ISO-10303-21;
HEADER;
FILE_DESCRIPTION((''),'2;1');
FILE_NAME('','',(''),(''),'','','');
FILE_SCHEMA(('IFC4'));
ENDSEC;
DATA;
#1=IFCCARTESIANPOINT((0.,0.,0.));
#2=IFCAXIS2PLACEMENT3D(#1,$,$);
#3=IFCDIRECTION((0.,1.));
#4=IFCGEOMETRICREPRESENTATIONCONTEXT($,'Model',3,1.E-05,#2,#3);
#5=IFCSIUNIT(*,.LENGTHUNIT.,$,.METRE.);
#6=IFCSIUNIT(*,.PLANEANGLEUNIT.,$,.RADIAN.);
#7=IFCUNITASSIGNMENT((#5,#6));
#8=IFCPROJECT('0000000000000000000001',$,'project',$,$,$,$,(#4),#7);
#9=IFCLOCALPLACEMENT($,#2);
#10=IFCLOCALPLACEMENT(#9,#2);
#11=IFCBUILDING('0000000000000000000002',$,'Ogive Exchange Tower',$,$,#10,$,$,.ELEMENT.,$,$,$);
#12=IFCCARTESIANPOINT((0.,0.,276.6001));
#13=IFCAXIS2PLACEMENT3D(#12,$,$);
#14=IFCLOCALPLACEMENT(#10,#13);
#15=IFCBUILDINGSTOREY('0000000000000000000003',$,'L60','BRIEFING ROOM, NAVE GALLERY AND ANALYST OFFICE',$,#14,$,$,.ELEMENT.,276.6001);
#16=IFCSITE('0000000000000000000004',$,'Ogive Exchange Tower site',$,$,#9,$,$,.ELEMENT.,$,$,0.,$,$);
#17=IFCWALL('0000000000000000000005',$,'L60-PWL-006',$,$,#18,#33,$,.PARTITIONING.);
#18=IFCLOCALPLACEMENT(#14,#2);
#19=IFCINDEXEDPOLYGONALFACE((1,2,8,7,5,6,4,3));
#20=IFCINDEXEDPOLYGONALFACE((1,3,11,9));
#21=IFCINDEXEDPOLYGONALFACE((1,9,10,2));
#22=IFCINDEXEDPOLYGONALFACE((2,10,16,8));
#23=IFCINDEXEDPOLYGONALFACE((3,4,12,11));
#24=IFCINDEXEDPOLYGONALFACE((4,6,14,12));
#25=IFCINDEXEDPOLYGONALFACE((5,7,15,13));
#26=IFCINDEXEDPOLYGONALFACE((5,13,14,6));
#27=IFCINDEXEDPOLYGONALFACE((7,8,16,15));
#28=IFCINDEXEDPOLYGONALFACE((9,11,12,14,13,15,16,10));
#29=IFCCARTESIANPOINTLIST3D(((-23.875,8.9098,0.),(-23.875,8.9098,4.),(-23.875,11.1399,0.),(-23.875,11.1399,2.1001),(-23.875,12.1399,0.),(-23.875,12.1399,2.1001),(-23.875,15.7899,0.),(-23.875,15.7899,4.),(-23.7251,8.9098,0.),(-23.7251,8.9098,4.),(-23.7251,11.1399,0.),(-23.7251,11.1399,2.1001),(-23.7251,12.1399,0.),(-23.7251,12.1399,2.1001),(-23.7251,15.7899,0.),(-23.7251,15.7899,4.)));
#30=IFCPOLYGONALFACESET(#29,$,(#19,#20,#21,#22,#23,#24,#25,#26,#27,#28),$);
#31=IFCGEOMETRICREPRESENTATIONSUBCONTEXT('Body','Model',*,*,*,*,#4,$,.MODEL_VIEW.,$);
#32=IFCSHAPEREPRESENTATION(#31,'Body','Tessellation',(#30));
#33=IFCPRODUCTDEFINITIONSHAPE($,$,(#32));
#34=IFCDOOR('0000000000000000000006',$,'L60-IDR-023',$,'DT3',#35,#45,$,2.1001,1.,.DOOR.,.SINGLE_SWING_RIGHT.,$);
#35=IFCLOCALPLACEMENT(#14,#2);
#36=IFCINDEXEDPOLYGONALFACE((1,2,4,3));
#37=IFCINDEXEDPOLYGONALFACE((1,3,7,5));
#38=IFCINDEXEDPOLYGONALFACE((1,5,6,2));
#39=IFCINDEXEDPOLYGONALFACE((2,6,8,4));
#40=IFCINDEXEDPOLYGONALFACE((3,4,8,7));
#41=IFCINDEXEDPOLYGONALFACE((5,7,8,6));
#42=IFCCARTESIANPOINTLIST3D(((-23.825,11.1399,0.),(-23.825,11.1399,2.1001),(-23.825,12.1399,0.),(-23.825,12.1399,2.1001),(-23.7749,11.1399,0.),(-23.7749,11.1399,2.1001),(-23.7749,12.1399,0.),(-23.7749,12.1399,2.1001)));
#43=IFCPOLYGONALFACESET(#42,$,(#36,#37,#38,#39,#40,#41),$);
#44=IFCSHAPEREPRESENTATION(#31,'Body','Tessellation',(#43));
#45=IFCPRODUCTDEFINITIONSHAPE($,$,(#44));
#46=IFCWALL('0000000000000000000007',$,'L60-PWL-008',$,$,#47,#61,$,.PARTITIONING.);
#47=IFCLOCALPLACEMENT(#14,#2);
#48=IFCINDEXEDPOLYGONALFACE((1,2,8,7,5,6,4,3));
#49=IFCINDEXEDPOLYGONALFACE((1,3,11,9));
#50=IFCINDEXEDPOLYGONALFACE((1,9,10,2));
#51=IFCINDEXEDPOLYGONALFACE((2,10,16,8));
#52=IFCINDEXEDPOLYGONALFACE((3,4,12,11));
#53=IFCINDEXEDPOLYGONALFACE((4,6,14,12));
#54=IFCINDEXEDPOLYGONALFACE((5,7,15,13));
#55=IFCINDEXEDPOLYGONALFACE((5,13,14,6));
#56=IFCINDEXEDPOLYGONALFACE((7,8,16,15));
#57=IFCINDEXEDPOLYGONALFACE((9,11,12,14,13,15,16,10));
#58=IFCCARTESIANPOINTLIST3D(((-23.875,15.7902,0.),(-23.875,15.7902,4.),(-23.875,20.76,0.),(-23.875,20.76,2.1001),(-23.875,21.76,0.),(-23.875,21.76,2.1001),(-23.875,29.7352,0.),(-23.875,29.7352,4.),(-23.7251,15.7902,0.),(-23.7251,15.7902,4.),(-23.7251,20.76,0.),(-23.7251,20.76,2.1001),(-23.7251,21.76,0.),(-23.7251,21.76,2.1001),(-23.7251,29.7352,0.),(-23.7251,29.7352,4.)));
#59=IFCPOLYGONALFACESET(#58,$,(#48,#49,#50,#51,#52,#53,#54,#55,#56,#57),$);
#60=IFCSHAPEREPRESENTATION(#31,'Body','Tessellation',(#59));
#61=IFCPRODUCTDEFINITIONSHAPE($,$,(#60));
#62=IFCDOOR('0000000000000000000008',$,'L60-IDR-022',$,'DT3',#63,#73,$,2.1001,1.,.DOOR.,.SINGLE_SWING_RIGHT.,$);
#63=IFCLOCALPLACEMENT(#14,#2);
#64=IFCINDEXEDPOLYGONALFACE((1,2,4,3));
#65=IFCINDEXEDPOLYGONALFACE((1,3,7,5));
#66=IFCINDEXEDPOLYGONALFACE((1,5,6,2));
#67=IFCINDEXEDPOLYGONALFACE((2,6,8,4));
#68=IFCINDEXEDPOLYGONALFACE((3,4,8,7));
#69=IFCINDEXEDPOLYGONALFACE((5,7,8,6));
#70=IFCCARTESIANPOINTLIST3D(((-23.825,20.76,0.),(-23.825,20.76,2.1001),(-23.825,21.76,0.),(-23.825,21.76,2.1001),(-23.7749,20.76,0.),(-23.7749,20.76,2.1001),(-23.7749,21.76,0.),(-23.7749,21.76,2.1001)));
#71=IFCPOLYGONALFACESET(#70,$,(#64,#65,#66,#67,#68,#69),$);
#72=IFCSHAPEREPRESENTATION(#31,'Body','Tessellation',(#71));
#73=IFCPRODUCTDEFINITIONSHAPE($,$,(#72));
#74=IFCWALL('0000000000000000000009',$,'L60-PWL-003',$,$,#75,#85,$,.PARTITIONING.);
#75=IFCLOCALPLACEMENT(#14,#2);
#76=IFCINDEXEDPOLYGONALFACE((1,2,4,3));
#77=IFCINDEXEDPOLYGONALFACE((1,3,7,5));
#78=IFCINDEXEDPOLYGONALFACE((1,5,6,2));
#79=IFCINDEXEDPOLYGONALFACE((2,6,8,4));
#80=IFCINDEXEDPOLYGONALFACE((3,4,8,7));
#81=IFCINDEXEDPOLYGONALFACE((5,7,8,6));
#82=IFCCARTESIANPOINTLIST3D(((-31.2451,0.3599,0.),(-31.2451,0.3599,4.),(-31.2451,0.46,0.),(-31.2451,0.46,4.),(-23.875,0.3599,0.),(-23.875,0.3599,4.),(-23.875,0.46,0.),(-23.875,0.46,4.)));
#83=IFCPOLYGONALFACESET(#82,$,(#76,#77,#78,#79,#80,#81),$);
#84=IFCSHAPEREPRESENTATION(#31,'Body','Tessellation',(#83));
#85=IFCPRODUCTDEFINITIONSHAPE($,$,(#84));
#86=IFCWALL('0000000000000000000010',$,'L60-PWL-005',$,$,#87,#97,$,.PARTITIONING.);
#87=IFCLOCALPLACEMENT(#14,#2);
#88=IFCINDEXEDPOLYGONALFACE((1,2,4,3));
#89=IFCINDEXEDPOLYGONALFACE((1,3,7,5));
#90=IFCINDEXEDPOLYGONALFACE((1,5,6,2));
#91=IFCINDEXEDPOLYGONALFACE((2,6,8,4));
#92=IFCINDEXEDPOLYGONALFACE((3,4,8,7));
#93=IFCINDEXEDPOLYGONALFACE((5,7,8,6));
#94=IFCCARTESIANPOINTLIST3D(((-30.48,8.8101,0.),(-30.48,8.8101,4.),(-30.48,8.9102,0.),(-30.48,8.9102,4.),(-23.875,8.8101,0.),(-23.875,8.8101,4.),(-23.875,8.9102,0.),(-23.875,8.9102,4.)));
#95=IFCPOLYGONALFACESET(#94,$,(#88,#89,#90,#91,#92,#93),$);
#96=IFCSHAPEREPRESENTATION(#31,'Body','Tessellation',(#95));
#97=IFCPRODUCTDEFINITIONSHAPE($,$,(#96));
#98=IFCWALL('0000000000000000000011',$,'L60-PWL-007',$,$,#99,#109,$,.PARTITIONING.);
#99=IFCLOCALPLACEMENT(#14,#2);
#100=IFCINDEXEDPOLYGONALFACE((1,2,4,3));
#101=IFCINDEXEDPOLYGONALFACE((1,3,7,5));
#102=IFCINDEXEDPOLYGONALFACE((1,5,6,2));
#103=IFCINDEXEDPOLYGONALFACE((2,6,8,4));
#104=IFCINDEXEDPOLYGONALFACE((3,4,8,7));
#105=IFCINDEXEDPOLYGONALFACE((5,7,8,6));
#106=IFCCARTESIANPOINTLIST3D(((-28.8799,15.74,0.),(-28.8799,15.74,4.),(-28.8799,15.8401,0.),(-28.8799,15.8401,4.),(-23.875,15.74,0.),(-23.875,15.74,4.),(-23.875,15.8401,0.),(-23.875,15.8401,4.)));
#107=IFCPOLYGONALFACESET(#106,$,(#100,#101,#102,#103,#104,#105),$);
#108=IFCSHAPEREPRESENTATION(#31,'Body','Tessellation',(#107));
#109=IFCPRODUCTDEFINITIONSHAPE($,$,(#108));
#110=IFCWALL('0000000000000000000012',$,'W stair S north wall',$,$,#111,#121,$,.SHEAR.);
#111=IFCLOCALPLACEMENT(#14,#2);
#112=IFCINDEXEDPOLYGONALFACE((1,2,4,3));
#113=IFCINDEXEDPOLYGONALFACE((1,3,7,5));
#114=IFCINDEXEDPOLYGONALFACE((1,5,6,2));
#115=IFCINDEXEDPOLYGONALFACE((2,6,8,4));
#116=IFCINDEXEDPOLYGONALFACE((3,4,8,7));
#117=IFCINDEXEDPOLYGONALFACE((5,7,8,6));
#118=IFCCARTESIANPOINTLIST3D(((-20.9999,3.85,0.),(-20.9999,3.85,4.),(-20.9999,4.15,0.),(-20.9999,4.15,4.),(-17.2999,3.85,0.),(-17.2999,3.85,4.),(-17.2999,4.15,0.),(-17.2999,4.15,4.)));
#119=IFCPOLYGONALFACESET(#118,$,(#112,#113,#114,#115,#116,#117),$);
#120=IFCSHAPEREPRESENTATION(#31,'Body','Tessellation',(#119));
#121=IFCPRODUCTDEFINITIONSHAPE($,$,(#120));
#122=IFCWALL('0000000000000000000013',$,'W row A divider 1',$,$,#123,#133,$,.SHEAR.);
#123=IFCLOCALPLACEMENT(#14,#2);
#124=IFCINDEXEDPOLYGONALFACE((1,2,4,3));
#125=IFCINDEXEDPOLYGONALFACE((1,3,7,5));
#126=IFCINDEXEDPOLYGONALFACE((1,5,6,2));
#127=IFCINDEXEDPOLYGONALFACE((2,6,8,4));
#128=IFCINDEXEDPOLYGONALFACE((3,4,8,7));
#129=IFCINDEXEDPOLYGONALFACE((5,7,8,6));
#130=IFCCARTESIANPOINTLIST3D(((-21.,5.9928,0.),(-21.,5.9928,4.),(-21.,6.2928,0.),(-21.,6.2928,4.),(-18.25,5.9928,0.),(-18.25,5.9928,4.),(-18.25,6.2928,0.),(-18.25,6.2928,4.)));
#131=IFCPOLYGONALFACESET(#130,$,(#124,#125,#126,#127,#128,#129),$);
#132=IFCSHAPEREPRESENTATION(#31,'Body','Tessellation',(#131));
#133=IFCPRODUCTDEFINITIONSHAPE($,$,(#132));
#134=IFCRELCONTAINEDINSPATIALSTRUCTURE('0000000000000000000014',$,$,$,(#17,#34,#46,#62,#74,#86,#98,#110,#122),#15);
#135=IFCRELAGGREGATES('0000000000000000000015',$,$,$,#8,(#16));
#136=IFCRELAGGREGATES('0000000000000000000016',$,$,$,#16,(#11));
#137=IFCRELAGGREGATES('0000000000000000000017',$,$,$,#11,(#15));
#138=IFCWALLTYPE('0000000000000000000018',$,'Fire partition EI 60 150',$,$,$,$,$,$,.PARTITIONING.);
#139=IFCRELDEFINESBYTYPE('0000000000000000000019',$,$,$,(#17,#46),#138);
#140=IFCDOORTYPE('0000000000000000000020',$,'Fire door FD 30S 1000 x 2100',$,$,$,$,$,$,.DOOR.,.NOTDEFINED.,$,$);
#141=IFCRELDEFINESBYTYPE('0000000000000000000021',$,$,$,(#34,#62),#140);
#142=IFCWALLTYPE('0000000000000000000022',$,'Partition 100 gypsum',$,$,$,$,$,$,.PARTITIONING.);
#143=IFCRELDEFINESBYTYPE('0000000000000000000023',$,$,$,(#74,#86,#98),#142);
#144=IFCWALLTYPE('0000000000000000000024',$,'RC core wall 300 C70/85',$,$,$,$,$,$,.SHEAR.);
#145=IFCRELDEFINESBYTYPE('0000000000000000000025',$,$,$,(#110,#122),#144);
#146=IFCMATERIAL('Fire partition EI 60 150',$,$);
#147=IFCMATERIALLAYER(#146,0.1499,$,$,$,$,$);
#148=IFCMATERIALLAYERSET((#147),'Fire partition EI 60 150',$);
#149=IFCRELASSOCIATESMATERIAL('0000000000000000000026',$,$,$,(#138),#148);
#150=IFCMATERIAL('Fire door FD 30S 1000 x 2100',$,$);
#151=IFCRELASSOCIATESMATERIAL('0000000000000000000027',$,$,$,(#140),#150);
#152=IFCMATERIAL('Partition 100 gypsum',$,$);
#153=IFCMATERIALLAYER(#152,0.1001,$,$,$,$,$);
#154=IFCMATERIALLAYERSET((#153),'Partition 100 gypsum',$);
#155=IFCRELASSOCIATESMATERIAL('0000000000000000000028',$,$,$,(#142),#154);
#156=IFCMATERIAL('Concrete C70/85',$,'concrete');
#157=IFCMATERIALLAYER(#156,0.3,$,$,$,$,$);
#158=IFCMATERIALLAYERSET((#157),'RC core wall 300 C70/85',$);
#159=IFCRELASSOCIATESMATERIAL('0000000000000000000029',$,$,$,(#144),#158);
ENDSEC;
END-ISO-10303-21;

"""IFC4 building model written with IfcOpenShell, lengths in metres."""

from ifc_helpers import new_model, si_unit, direction, frame, frame_2d, origin, place, context, subcontext, project, spatial, rectangle, extrude, material, layer, layer_set, type_object, element, fill, save


model = new_model("IFC4")

# Units and contexts
model_context = context("Model", 3, precision=1e-05, world=origin(), true_north=direction((0.0, 1.0)))
body_context = subcontext(model_context, "Body", "Model", "MODEL_VIEW")
ifc_project = project(units=[si_unit("LENGTHUNIT", "METRE"), si_unit("PLANEANGLEUNIT", "RADIAN")], contexts=[model_context])

# Site, building, storey
site_placement = place(None, origin())
site = spatial("IfcSite", under=ifc_project, at=site_placement, Name="Ogive Exchange Tower site", CompositionType="ELEMENT", RefElevation=0.0)
building_placement = place(site_placement, origin())
building = spatial("IfcBuilding", under=site, at=building_placement, Name="Ogive Exchange Tower", CompositionType="ELEMENT")
storey_placement = place(building_placement, frame((0.0, 0.0, 276.6001)))
storey = spatial("IfcBuildingStorey", under=building, at=storey_placement, Name="L60", Description="BRIEFING ROOM, NAVE GALLERY AND ANALYST OFFICE", CompositionType="ELEMENT", Elevation=276.6001)

# Walls, openings, doors
ifc_material_1 = material(Name="Fire partition EI 60 150")
ifc_layer_1 = layer(ifc_material_1, 0.1499)
ifc_layer_set_1 = layer_set([ifc_layer_1], Name="Fire partition EI 60 150")
wall_type_1 = type_object("IfcWallType", Name="Fire partition EI 60 150", PredefinedType="PARTITIONING", material=ifc_layer_set_1)
ifc_material_2 = material(Name="Fire door FD 30S 1000 x 2100")
door_type = type_object("IfcDoorType", Name="Fire door FD 30S 1000 x 2100", OperationType="NOTDEFINED", PredefinedType="DOOR", material=ifc_material_2)
wall_1_placement = place(storey_placement, frame((-23.8, 8.9099, 0.0), z_axis=(0.0, 0.0, 1.0), x_axis=(0.0, 1.0, 0.0)))
wall_1 = element("IfcWall", 1, at=wall_1_placement, inside=storey, type_object=wall_type_1, Name="L60-PWL-006", PredefinedType="PARTITIONING", context=body_context, shape_type="SweptSolid", body=[
    extrude(rectangle(XDim=6.8801, YDim=0.1499, at=frame_2d((3.4399, 0.0))), origin(), (0.0, 0.0, 1.0), 4.0),
])
opening_1_placement = place(wall_1_placement, frame((2.23, 0.0, 0.0)))
opening_1 = element("IfcOpeningElement", 2, at=opening_1_placement, cuts=wall_1, PredefinedType="OPENING", context=body_context, shape_type="SweptSolid", body=[
    extrude(rectangle(XDim=1.0, YDim=2.1001, at=frame_2d((0.5, 1.05))), frame((0.0, 0.085, 0.0), z_axis=(0.0, -1.0, 0.0), x_axis=(1.0, 0.0, 0.0)), (0.0, 0.0, 1.0), 0.1699),
])
door_1_placement = place(opening_1_placement, origin())
door_1 = element("IfcDoor", 3, at=door_1_placement, inside=storey, type_object=door_type, Name="L60-IDR-023", ObjectType="DT3", OperationType="SINGLE_SWING_RIGHT", OverallHeight=2.1001, OverallWidth=1.0, PredefinedType="DOOR", context=body_context, shape_type="SweptSolid", body=[
    extrude(rectangle(XDim=1.0, YDim=2.1001, at=frame_2d((0.5, 1.05))), frame((0.0, 0.0249, 0.0), z_axis=(0.0, -1.0, 0.0), x_axis=(1.0, 0.0, 0.0)), (0.0, 0.0, 1.0), 0.05),
])
fill(opening_1, door_1)
wall_2_placement = place(storey_placement, frame((-23.8, 15.79, 0.0), z_axis=(0.0, 0.0, 1.0), x_axis=(0.0, 1.0, 0.0)))
wall_2 = element("IfcWall", 4, at=wall_2_placement, inside=storey, type_object=wall_type_1, Name="L60-PWL-008", PredefinedType="PARTITIONING", context=body_context, shape_type="SweptSolid", body=[
    extrude(rectangle(XDim=13.9451, YDim=0.1499, at=frame_2d((6.9727, 0.0))), origin(), (0.0, 0.0, 1.0), 4.0),
])
opening_2_placement = place(wall_2_placement, frame((4.97, 0.0, 0.0)))
opening_2 = element("IfcOpeningElement", 5, at=opening_2_placement, cuts=wall_2, PredefinedType="OPENING", context=body_context, shape_type="SweptSolid", body=[
    extrude(rectangle(XDim=1.0, YDim=2.1001, at=frame_2d((0.5, 1.05))), frame((0.0, 0.085, 0.0), z_axis=(0.0, -1.0, 0.0), x_axis=(1.0, 0.0, 0.0)), (0.0, 0.0, 1.0), 0.1699),
])
door_2_placement = place(opening_2_placement, origin())
door_2 = element("IfcDoor", 6, at=door_2_placement, inside=storey, type_object=door_type, Name="L60-IDR-022", ObjectType="DT3", OperationType="SINGLE_SWING_RIGHT", OverallHeight=2.1001, OverallWidth=1.0, PredefinedType="DOOR", context=body_context, shape_type="SweptSolid", body=[
    extrude(rectangle(XDim=1.0, YDim=2.1001, at=frame_2d((0.5, 1.05))), frame((0.0, 0.0249, 0.0), z_axis=(0.0, -1.0, 0.0), x_axis=(1.0, 0.0, 0.0)), (0.0, 0.0, 1.0), 0.05),
])
fill(opening_2, door_2)

# Walls
ifc_material_3 = material(Name="Partition 100 gypsum")
ifc_layer_2 = layer(ifc_material_3, 0.1001)
ifc_layer_set_2 = layer_set([ifc_layer_2], Name="Partition 100 gypsum")
wall_type_2 = type_object("IfcWallType", Name="Partition 100 gypsum", PredefinedType="PARTITIONING", material=ifc_layer_set_2)
wall_3_placement = place(storey_placement, frame((-23.875, 0.4099, 0.0), z_axis=(0.0, 0.0, 1.0), x_axis=(-1.0, 0.0, 0.0)))
element("IfcWall", 7, at=wall_3_placement, inside=storey, type_object=wall_type_2, Name="L60-PWL-003", PredefinedType="PARTITIONING", context=body_context, shape_type="SweptSolid", body=[
    extrude(rectangle(XDim=7.3701, YDim=0.1001, at=frame_2d((3.6851, 0.0))), origin(), (0.0, 0.0, 1.0), 4.0),
])
wall_4_placement = place(storey_placement, frame((-23.875, 8.8601, 0.0), z_axis=(0.0, 0.0, 1.0), x_axis=(-1.0, 0.0, 0.0)))
element("IfcWall", 8, at=wall_4_placement, inside=storey, type_object=wall_type_2, Name="L60-PWL-005", PredefinedType="PARTITIONING", context=body_context, shape_type="SweptSolid", body=[
    extrude(rectangle(XDim=6.605, YDim=0.1001, at=frame_2d((3.3025, 0.0))), origin(), (0.0, 0.0, 1.0), 4.0),
])
wall_5_placement = place(storey_placement, frame((-23.875, 15.79, 0.0), z_axis=(0.0, 0.0, 1.0), x_axis=(-1.0, 0.0, 0.0)))
element("IfcWall", 9, at=wall_5_placement, inside=storey, type_object=wall_type_2, Name="L60-PWL-007", PredefinedType="PARTITIONING", context=body_context, shape_type="SweptSolid", body=[
    extrude(rectangle(XDim=5.0049, YDim=0.1001, at=frame_2d((2.5024, 0.0))), origin(), (0.0, 0.0, 1.0), 4.0),
])
ifc_material_4 = material(Name="Concrete C70/85", Category="concrete")
ifc_layer_3 = layer(ifc_material_4, 0.3)
ifc_layer_set_3 = layer_set([ifc_layer_3], Name="RC core wall 300 C70/85")
wall_type_3 = type_object("IfcWallType", Name="RC core wall 300 C70/85", PredefinedType="SHEAR", material=ifc_layer_set_3)
wall_6_placement = place(storey_placement, frame((-21.0, 4.0, 0.0), z_axis=(0.0, 0.0, 1.0), x_axis=(1.0, 0.0, 0.0)))
element("IfcWall", 10, at=wall_6_placement, inside=storey, type_object=wall_type_3, Name="W stair S north wall", PredefinedType="SHEAR", context=body_context, shape_type="SweptSolid", body=[
    extrude(rectangle(XDim=3.7, YDim=0.3, at=frame_2d((1.8501, 0.0))), origin(), (0.0, 0.0, 1.0), 4.0),
])
wall_7_placement = place(storey_placement, frame((-21.0, 6.1428, 0.0), z_axis=(0.0, 0.0, 1.0), x_axis=(1.0, 0.0, 0.0)))
element("IfcWall", 11, at=wall_7_placement, inside=storey, type_object=wall_type_3, Name="W row A divider 1", PredefinedType="SHEAR", context=body_context, shape_type="SweptSolid", body=[
    extrude(rectangle(XDim=2.75, YDim=0.3, at=frame_2d((1.375, 0.0))), origin(), (0.0, 0.0, 1.0), 4.0),
])

save(model, "model.ifc")
